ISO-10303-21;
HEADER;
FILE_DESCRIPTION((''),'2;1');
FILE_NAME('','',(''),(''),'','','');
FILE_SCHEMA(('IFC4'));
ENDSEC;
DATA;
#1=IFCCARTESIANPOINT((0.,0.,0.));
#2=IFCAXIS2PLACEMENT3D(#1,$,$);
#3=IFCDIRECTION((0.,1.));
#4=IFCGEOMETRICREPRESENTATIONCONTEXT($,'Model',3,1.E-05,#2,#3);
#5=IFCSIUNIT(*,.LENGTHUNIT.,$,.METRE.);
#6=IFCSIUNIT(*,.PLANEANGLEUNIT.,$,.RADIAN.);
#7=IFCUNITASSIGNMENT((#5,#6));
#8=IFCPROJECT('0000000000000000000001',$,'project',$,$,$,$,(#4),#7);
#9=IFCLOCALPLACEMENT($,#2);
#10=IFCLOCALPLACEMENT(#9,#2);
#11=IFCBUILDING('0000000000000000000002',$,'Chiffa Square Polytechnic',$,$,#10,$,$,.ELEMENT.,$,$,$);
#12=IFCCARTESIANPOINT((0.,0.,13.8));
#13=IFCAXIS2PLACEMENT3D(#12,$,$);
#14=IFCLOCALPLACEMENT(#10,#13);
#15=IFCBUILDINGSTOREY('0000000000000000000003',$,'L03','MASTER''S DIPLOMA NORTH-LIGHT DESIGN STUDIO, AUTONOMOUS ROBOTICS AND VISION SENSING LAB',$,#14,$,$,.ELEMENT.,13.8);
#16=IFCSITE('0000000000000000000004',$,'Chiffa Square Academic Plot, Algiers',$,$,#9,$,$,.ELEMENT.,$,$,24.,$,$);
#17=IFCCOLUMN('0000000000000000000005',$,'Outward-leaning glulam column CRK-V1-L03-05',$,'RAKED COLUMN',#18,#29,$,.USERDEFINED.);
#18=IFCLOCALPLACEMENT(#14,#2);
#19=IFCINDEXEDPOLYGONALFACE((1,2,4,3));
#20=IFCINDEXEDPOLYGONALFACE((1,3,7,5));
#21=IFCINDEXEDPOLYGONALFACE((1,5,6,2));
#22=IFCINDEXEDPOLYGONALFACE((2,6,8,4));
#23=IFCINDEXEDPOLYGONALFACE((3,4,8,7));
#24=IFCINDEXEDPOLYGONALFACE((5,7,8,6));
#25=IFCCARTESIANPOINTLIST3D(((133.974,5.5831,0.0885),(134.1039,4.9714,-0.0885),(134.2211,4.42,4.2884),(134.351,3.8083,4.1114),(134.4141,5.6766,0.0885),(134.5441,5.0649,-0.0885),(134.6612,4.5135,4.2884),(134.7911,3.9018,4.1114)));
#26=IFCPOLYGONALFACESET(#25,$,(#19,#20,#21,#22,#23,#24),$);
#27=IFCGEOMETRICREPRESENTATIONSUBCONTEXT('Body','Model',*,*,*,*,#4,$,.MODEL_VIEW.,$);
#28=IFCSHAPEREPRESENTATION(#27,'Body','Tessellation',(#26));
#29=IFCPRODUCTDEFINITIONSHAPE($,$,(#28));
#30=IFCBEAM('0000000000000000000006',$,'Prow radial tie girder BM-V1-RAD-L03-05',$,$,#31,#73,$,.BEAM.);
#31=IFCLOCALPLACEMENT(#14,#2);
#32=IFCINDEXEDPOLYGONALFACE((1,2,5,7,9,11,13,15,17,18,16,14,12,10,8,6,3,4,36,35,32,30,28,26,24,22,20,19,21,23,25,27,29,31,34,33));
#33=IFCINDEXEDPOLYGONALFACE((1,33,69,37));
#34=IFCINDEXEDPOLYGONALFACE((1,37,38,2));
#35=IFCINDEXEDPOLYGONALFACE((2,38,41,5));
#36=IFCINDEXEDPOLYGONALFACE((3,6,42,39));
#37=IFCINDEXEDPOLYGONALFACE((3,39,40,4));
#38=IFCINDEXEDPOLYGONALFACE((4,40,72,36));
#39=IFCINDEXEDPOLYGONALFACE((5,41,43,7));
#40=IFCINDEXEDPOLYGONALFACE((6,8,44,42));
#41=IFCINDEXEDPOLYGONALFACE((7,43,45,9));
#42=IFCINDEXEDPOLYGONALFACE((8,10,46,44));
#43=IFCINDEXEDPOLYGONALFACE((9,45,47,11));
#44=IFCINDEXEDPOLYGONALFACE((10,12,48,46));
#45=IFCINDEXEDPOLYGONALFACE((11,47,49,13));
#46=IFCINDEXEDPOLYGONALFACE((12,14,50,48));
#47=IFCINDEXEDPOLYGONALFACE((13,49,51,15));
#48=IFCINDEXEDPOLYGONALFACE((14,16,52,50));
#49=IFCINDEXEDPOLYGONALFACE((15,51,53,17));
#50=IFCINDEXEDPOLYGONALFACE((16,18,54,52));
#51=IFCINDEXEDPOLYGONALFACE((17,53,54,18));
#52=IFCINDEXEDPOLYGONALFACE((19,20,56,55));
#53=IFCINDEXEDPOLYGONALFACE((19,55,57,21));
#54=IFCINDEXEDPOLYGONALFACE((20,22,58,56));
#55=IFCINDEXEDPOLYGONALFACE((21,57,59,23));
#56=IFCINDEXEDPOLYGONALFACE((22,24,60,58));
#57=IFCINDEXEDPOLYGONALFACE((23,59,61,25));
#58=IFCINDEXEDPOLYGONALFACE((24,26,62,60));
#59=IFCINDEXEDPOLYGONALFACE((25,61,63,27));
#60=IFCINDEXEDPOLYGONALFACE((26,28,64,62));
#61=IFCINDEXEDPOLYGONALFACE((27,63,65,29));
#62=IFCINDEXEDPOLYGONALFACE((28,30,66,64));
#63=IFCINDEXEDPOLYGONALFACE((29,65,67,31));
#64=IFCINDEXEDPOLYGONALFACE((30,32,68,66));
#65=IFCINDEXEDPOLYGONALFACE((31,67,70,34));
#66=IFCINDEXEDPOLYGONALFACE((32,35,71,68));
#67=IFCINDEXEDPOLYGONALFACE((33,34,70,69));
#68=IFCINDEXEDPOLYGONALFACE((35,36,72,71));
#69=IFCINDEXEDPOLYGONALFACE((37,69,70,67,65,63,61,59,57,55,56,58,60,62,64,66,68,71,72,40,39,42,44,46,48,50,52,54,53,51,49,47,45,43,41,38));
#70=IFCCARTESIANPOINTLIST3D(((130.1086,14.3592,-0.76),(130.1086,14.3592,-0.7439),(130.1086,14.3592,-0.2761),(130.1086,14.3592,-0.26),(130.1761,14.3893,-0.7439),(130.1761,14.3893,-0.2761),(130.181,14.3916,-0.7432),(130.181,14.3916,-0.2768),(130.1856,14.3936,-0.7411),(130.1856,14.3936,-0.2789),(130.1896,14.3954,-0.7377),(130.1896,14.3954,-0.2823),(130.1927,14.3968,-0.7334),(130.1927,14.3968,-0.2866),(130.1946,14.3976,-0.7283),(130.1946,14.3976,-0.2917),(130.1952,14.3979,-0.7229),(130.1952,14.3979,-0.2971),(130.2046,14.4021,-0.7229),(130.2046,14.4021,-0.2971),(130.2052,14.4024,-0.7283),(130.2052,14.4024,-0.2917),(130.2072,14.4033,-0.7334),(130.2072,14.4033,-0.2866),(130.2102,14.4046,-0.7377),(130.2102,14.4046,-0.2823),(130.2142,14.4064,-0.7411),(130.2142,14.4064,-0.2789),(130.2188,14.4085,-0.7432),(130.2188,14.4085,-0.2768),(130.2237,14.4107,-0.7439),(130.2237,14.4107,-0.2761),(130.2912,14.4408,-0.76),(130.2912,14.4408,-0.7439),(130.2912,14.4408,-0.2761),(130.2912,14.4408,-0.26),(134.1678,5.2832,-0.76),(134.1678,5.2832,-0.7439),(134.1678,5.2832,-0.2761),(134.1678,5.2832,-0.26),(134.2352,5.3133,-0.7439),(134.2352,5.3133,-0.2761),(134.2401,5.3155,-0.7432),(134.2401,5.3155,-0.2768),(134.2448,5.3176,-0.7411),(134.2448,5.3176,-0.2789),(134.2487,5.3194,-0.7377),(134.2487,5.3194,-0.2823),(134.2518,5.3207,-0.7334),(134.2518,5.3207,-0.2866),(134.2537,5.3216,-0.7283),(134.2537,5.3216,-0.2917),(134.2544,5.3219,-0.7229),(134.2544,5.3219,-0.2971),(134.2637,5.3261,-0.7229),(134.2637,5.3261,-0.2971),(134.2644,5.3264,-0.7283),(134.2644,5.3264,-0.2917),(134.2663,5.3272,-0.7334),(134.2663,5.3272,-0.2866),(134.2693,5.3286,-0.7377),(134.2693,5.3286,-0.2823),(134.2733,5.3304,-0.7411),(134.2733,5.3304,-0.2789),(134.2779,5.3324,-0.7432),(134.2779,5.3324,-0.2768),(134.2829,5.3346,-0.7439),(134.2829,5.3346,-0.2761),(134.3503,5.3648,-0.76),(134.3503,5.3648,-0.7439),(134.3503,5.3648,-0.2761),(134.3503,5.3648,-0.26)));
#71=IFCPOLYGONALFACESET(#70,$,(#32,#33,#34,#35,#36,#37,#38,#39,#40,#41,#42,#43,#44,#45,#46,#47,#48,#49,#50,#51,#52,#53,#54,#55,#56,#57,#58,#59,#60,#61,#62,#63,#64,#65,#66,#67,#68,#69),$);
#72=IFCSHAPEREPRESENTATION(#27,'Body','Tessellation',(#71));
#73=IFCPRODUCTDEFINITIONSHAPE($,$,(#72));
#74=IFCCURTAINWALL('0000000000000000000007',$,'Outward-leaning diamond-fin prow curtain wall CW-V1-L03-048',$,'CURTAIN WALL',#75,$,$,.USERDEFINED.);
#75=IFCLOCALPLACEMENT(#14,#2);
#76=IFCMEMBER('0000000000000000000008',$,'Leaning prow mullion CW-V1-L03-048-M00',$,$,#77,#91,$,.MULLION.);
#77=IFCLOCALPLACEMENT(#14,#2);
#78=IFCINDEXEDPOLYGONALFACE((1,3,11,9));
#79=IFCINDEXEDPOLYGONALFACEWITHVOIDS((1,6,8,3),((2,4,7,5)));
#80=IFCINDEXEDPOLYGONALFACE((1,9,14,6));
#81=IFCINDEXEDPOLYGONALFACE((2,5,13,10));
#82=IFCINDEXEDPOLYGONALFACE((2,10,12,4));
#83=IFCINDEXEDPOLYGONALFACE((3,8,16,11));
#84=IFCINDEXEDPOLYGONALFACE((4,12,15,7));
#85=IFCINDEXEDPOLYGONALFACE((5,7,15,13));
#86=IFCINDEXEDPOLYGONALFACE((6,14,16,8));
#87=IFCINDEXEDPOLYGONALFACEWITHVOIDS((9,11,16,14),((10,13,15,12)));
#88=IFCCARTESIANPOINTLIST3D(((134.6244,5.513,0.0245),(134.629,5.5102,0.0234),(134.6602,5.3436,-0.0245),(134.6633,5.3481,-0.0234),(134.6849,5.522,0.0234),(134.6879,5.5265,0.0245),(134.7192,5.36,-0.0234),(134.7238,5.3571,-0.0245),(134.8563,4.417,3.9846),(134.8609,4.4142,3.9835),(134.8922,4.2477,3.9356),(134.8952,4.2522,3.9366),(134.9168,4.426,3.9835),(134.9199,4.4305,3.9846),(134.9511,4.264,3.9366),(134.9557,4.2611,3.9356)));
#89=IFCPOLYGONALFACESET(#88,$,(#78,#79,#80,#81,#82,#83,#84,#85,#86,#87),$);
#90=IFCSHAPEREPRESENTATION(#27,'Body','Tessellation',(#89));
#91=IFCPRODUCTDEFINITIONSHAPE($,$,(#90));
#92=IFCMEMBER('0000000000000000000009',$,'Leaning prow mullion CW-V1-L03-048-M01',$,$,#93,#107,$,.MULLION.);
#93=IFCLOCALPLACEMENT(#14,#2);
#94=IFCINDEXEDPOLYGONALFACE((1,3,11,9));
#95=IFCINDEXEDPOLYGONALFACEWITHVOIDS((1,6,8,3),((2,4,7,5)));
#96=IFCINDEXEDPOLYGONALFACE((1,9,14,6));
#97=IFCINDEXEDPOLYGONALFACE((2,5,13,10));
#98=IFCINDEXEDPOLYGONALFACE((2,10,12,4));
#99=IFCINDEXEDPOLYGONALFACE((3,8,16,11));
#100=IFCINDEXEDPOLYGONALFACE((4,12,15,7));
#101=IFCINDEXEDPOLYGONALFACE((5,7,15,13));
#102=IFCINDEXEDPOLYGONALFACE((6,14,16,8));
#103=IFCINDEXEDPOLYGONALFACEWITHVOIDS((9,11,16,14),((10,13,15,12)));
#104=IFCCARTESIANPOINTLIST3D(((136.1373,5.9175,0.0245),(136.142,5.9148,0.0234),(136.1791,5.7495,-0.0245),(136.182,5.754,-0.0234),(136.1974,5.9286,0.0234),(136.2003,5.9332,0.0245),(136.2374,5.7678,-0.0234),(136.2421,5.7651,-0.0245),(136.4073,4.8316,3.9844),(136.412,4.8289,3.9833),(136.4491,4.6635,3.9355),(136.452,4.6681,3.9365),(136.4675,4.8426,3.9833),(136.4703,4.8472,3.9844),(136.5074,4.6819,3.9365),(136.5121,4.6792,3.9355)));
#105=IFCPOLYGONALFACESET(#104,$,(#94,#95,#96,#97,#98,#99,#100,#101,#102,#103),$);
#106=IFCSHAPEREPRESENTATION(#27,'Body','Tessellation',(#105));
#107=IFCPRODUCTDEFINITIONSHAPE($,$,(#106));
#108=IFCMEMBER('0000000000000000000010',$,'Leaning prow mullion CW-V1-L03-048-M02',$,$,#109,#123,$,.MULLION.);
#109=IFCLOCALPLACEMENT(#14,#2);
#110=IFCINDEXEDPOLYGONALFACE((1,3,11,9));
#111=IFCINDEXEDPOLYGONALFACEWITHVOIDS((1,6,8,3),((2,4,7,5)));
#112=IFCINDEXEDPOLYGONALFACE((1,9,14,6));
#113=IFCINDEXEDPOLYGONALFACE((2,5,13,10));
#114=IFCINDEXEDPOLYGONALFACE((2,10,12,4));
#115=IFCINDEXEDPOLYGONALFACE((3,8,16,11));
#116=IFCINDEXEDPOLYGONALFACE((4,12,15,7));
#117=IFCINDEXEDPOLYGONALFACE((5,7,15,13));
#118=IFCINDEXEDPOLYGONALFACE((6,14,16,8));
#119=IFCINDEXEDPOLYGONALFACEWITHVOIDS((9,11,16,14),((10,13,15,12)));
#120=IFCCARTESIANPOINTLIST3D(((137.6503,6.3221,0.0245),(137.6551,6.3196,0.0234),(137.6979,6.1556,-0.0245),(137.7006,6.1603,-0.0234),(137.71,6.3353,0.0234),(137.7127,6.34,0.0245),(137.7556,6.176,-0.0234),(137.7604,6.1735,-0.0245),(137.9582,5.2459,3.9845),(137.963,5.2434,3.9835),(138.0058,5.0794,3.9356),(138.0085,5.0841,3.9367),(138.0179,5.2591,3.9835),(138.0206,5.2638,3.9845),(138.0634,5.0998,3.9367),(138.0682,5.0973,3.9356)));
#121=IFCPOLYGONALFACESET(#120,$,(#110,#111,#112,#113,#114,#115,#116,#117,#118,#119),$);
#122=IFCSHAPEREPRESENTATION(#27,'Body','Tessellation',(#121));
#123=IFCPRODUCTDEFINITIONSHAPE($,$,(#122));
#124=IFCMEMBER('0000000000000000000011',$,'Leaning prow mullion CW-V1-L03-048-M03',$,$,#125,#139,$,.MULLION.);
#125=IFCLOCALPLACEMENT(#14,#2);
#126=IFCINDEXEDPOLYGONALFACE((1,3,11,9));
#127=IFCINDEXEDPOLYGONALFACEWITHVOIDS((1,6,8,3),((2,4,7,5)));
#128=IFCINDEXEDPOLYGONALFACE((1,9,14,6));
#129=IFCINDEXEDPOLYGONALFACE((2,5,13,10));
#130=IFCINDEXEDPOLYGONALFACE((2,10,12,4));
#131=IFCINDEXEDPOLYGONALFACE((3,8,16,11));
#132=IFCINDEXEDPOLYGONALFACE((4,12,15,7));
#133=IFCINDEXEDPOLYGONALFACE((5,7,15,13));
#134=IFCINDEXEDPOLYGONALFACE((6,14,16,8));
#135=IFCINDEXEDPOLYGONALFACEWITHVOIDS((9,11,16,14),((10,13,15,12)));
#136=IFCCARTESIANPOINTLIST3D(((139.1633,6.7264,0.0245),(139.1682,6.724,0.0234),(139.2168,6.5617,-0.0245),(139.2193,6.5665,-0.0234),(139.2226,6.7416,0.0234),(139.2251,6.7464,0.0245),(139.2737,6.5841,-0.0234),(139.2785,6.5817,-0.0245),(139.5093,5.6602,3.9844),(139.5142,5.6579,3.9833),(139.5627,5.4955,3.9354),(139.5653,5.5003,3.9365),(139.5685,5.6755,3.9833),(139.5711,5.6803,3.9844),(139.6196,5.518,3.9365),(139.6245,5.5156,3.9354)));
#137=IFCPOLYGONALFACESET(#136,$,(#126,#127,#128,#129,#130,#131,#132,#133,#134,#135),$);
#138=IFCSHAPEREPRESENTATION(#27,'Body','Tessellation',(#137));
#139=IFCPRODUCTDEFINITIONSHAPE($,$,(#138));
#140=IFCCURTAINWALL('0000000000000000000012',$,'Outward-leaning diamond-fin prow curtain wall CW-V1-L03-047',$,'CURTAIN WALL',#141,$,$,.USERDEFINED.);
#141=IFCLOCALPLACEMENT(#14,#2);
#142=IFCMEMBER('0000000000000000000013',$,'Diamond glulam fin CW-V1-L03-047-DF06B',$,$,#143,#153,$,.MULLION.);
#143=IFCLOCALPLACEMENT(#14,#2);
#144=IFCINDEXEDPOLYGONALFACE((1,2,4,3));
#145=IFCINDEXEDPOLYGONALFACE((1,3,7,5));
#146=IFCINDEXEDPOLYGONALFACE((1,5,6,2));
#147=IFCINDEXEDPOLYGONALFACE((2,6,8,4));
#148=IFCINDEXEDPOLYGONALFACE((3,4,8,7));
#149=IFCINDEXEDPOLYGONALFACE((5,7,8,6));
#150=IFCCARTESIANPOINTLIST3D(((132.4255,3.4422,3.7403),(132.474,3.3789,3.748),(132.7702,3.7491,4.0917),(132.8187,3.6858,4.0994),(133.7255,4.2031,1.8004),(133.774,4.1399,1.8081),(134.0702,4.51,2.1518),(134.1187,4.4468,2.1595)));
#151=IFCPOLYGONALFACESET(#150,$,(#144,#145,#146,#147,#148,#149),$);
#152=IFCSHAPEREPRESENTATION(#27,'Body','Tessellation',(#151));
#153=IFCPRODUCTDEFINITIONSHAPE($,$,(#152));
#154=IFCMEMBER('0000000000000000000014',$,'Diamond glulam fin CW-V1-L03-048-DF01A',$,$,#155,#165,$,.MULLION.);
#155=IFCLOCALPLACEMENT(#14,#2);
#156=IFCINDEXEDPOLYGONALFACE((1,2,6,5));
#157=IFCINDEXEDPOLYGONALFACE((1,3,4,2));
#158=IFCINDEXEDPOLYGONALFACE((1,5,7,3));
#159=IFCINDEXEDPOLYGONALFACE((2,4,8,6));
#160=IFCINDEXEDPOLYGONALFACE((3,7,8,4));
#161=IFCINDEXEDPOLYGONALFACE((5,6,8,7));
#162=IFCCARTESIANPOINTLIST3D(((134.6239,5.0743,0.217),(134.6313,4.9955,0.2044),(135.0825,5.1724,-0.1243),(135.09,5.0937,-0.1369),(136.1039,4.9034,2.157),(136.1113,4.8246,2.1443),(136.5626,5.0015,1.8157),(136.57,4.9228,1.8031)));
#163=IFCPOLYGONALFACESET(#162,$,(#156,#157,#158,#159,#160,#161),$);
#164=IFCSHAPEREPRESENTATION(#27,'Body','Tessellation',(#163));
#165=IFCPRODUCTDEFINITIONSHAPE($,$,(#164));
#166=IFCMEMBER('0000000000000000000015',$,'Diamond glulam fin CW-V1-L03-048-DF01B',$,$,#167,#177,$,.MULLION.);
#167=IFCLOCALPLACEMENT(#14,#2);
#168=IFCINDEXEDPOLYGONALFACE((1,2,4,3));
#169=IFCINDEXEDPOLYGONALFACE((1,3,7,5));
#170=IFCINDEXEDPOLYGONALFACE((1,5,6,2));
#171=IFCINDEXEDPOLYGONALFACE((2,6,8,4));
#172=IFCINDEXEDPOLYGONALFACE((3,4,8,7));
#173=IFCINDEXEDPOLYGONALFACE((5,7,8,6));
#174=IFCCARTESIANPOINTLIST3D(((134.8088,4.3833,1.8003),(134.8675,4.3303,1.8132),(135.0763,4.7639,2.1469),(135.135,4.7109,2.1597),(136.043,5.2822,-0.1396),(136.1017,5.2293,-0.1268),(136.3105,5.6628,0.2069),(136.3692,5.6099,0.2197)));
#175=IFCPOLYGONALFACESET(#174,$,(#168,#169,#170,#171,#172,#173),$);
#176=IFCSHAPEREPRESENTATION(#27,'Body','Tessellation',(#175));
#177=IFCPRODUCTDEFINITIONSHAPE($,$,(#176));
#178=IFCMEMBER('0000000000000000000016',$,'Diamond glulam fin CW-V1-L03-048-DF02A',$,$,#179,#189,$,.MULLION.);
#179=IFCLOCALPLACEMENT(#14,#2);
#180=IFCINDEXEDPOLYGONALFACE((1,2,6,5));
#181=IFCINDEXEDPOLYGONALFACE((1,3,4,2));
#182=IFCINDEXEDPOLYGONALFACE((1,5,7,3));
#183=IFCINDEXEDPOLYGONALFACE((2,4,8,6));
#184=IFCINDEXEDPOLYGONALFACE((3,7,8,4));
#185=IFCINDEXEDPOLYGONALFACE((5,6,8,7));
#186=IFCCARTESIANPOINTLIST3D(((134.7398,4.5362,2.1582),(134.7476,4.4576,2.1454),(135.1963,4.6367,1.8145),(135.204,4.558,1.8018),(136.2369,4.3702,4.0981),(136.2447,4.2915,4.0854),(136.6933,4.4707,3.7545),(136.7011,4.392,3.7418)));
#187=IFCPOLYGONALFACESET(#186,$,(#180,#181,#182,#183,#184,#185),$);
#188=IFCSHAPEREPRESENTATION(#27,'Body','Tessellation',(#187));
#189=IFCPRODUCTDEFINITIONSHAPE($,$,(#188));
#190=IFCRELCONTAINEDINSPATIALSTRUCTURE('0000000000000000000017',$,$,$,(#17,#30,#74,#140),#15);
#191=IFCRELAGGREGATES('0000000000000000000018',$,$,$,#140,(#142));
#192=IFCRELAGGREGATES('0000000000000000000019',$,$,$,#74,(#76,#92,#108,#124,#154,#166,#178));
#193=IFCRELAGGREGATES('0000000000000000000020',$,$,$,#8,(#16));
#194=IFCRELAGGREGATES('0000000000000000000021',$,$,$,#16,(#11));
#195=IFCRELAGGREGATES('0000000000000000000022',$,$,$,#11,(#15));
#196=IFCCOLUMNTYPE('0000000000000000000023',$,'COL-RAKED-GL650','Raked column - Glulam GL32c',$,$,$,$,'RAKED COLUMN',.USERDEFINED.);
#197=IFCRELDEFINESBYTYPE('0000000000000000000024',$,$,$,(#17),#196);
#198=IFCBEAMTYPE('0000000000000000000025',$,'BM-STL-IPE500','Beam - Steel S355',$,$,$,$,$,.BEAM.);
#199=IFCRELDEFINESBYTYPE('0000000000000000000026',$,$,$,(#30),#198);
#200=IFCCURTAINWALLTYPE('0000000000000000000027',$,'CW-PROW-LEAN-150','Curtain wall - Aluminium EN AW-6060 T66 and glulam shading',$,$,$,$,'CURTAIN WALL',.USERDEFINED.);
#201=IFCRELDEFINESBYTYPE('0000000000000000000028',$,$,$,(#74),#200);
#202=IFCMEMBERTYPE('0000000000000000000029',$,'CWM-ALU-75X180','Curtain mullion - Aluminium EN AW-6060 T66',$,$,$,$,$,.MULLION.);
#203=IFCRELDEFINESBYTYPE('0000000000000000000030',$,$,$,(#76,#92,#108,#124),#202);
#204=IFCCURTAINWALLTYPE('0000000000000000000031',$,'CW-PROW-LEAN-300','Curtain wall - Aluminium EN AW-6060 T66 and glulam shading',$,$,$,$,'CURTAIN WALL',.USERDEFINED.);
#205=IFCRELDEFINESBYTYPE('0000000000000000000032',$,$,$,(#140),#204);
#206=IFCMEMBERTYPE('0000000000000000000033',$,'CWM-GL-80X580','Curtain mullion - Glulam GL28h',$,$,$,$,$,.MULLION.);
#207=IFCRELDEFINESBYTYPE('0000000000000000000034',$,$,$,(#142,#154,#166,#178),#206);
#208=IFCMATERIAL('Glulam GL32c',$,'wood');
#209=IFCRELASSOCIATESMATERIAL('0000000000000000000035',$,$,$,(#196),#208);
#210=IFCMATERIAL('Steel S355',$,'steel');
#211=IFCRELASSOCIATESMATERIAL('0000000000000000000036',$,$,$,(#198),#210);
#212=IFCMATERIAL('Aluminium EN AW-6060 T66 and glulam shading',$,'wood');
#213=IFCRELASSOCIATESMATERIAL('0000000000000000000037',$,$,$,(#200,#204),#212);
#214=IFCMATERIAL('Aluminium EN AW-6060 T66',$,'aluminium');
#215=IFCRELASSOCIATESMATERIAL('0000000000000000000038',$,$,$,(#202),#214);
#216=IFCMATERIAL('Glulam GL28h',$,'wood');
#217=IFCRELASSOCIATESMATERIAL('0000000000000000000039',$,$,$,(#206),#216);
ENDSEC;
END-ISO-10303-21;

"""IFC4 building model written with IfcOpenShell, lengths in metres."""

from ifc_helpers import new_model, si_unit, direction, frame, origin, origin_2d, place, context, subcontext, project, spatial, rectangle, hollow_rectangle, i_section, extrude, material, material_profile, profile_set, type_object, element, aggregate, save


model = new_model("IFC4")

# Units and contexts
model_context = context("Model", 3, precision=1e-05, world=origin(), true_north=direction((0.0, 1.0)))
body_context = subcontext(model_context, "Body", "Model", "MODEL_VIEW")
ifc_project = project(units=[si_unit("LENGTHUNIT", "METRE"), si_unit("PLANEANGLEUNIT", "RADIAN")], contexts=[model_context])

# Site, building, storey
site_placement = place(None, origin())
site = spatial("IfcSite", under=ifc_project, at=site_placement, Name="Chiffa Square Academic Plot, Algiers", CompositionType="ELEMENT", RefElevation=24.0)
building_placement = place(site_placement, origin())
building = spatial("IfcBuilding", under=site, at=building_placement, Name="Chiffa Square Polytechnic", CompositionType="ELEMENT")
storey_placement = place(building_placement, frame((0.0, 0.0, 13.8)))
storey = spatial("IfcBuildingStorey", under=building, at=storey_placement, Name="L03", Description="MASTER'S DIPLOMA NORTH-LIGHT DESIGN STUDIO, AUTONOMOUS ROBOTICS AND VISION SENSING LAB", CompositionType="ELEMENT", Elevation=13.8)

# Column
ifc_material_1 = material(Name="Glulam GL32c", Category="wood")
ifc_material_profile_1 = material_profile(ifc_material_1, rectangle(XDim=0.45, YDim=0.6499, at=origin_2d()), Name="GL32c 450x650")
ifc_profile_set_1 = profile_set([ifc_material_profile_1], Name="Glulam GL32c")
column_type = type_object("IfcColumnType", Name="COL-RAKED-GL650", Description="Raked column - Glulam GL32c", ElementType="RAKED COLUMN", PredefinedType="USERDEFINED", material=ifc_profile_set_1)
column_placement = place(storey_placement, frame((134.259, 5.324, 0.0), z_axis=(0.056602, -0.266456, 0.962184), x_axis=(0.978173, 0.20779, 0.0)))
element("IfcColumn", 1, at=column_placement, inside=storey, type_object=column_type, Name="Outward-leaning glulam column CRK-V1-L03-05", ObjectType="RAKED COLUMN", PredefinedType="USERDEFINED", context=body_context, shape_type="SweptSolid", body=[
    extrude(rectangle(XDim=0.45, YDim=0.6499, at=origin_2d()), origin(), (0.0, 0.0, 1.0), 4.365),
])

# Beam
ifc_material_2 = material(Name="Steel S355", Category="steel")
ifc_material_profile_2 = material_profile(ifc_material_2, i_section(OverallWidth=0.2, OverallDepth=0.5, WebThickness=0.0103, FlangeThickness=0.0161, FilletRadius=0.021, at=origin_2d()), Name="IPE 500")
ifc_profile_set_2 = profile_set([ifc_material_profile_2], Name="Steel S355")
beam_type_1 = type_object("IfcBeamType", Name="BM-STL-IPE500", Description="Beam - Steel S355", PredefinedType="BEAM", material=ifc_profile_set_2)
beam_1_placement = place(storey_placement, frame((134.259, 5.324, -0.51), z_axis=(-0.408265, 0.912863, 0.0), x_axis=(-0.912863, -0.408265, 0.0)))
element("IfcBeam", 2, at=beam_1_placement, inside=storey, type_object=beam_type_1, Name="Prow radial tie girder BM-V1-RAD-L03-05", PredefinedType="BEAM", context=body_context, shape_type="SweptSolid", body=[
    extrude(i_section(OverallWidth=0.2, OverallDepth=0.5, WebThickness=0.0103, FlangeThickness=0.0161, FilletRadius=0.021, at=origin_2d()), origin(), (0.0, 0.0, 1.0), 9.9424),
])

# Curtain wall, members
ifc_material_3 = material(Name="Aluminium EN AW-6060 T66 and glulam shading", Category="wood")
curtain_wall_type_1 = type_object("IfcCurtainWallType", Name="CW-PROW-LEAN-150", Description="Curtain wall - Aluminium EN AW-6060 T66 and glulam shading", ElementType="CURTAIN WALL", PredefinedType="USERDEFINED", material=ifc_material_3)
curtain_wall_1_placement = place(storey_placement, origin())
curtain_wall_1 = element("IfcCurtainWall", 3, at=curtain_wall_1_placement, inside=storey, type_object=curtain_wall_type_1, Name="Outward-leaning diamond-fin prow curtain wall CW-V1-L03-048", ObjectType="CURTAIN WALL", PredefinedType="USERDEFINED")
ifc_material_4 = material(Name="Aluminium EN AW-6060 T66", Category="aluminium")
ifc_material_profile_3 = material_profile(ifc_material_4, hollow_rectangle(XDim=0.0649, YDim=0.1799, WallThickness=0.0039, at=origin_2d()), Name="ALU 65x180x4")
ifc_profile_set_3 = profile_set([ifc_material_profile_3], Name="Aluminium EN AW-6060 T66")
member_type_1 = type_object("IfcMemberType", Name="CWM-ALU-75X180", Description="Curtain mullion - Aluminium EN AW-6060 T66", PredefinedType="MULLION", material=ifc_profile_set_3)
member_1_placement = place(storey_placement, frame((134.6741, 5.4351, 0.0), z_axis=(0.056358, -0.266307, 0.962239), x_axis=(0.978332, 0.207043, 0.0)))
member_1 = element("IfcMember", 4, at=member_1_placement, type_object=member_type_1, Name="Leaning prow mullion CW-V1-L03-048-M00", PredefinedType="MULLION", context=body_context, shape_type="SweptSolid", body=[
    extrude(hollow_rectangle(XDim=0.0649, YDim=0.1799, WallThickness=0.0039, at=origin_2d()), origin(), (0.0, 0.0, 1.0), 4.1155),
])
member_2_placement = place(storey_placement, frame((136.1897, 5.8413, 0.0), z_axis=(0.065618, -0.263895, 0.962317), x_axis=(0.97045, 0.241303, 0.0)))
member_2 = element("IfcMember", 5, at=member_2_placement, type_object=member_type_1, Name="Leaning prow mullion CW-V1-L03-048-M01", PredefinedType="MULLION", context=body_context, shape_type="SweptSolid", body=[
    extrude(hollow_rectangle(XDim=0.0649, YDim=0.1799, WallThickness=0.0039, at=origin_2d()), origin(), (0.0, 0.0, 1.0), 4.115),
])
member_3_placement = place(storey_placement, frame((137.7053, 6.2478, 0.0), z_axis=(0.074812, -0.261517, 0.962295), x_axis=(0.961433, 0.275038, 0.0)))
member_3 = element("IfcMember", 6, at=member_3_placement, type_object=member_type_1, Name="Leaning prow mullion CW-V1-L03-048-M02", PredefinedType="MULLION", context=body_context, shape_type="SweptSolid", body=[
    extrude(hollow_rectangle(XDim=0.0649, YDim=0.1799, WallThickness=0.0039, at=origin_2d()), origin(), (0.0, 0.0, 1.0), 4.1152),
])
member_4_placement = place(storey_placement, frame((139.2209, 6.6541, 0.0), z_axis=(0.084059, -0.259058, 0.962197), x_axis=(0.95118, 0.308638, 0.0)))
member_4 = element("IfcMember", 7, at=member_4_placement, type_object=member_type_1, Name="Leaning prow mullion CW-V1-L03-048-M03", PredefinedType="MULLION", context=body_context, shape_type="SweptSolid", body=[
    extrude(hollow_rectangle(XDim=0.0649, YDim=0.1799, WallThickness=0.0039, at=origin_2d()), origin(), (0.0, 0.0, 1.0), 4.1155),
])

# Curtain wall, member
curtain_wall_type_2 = type_object("IfcCurtainWallType", Name="CW-PROW-LEAN-300", Description="Curtain wall - Aluminium EN AW-6060 T66 and glulam shading", ElementType="CURTAIN WALL", PredefinedType="USERDEFINED", material=ifc_material_3)
curtain_wall_2_placement = place(storey_placement, origin())
curtain_wall_2 = element("IfcCurtainWall", 8, at=curtain_wall_2_placement, inside=storey, type_object=curtain_wall_type_2, Name="Outward-leaning diamond-fin prow curtain wall CW-V1-L03-047", ObjectType="CURTAIN WALL", PredefinedType="USERDEFINED")
ifc_material_5 = material(Name="Glulam GL28h", Category="wood")
ifc_material_profile_4 = material_profile(ifc_material_5, rectangle(XDim=0.0801, YDim=0.5801, at=origin_2d()), Name="GL28h 80x580")
ifc_profile_set_4 = profile_set([ifc_material_profile_4], Name="Glulam GL28h")
member_type_2 = type_object("IfcMemberType", Name="CWM-GL-80X580", Description="Curtain mullion - Glulam GL28h", PredefinedType="MULLION", material=ifc_profile_set_4)
member_5_placement = place(storey_placement, frame((133.9221, 4.325, 1.98), z_axis=(-0.529307, -0.309831, 0.789835), x_axis=(0.605583, -0.789977, 0.095944)))
member_5 = element("IfcMember", 9, at=member_5_placement, type_object=member_type_2, Name="Diamond glulam fin CW-V1-L03-047-DF06B", PredefinedType="MULLION", context=body_context, shape_type="SweptSolid", body=[
    extrude(rectangle(XDim=0.0801, YDim=0.5801, at=origin_2d()), origin(), (0.0, 0.0, 1.0), 2.4561),
])
aggregate(curtain_wall_2, [member_5])

# Members
member_6_placement = place(storey_placement, frame((134.8569, 5.084, 0.04), z_axis=(0.605061, -0.069869, 0.793107), x_axis=(-0.093114, 0.983097, 0.157642)))
member_6 = element("IfcMember", 10, at=member_6_placement, type_object=member_type_2, Name="Diamond glulam fin CW-V1-L03-048-DF01A", PredefinedType="MULLION", context=body_context, shape_type="SweptSolid", body=[
    extrude(rectangle(XDim=0.0801, YDim=0.5801, at=origin_2d()), origin(), (0.0, 0.0, 1.0), 2.446),
])
member_7_placement = place(storey_placement, frame((136.2061, 5.446, 0.04), z_axis=(-0.49991, -0.364128, 0.785812), x_axis=(0.733096, -0.661021, 0.16007)))
member_7 = element("IfcMember", 11, at=member_7_placement, type_object=member_type_2, Name="Diamond glulam fin CW-V1-L03-048-DF01B", PredefinedType="MULLION", context=body_context, shape_type="SweptSolid", body=[
    extrude(rectangle(XDim=0.0801, YDim=0.5801, at=origin_2d()), origin(), (0.0, 0.0, 1.0), 2.4688),
])
member_8_placement = place(storey_placement, frame((134.9719, 4.5471, 1.98), z_axis=(0.609545, -0.067595, 0.789864), x_axis=(-0.096724, 0.982573, 0.158729)))
member_8 = element("IfcMember", 12, at=member_8_placement, type_object=member_type_2, Name="Diamond glulam fin CW-V1-L03-048-DF02A", PredefinedType="MULLION", context=body_context, shape_type="SweptSolid", body=[
    extrude(rectangle(XDim=0.0801, YDim=0.5801, at=origin_2d()), origin(), (0.0, 0.0, 1.0), 2.4561),
])

aggregate(curtain_wall_1, [member_1, member_2, member_3, member_4, member_6, member_7, member_8])

save(model, "model.ifc")
